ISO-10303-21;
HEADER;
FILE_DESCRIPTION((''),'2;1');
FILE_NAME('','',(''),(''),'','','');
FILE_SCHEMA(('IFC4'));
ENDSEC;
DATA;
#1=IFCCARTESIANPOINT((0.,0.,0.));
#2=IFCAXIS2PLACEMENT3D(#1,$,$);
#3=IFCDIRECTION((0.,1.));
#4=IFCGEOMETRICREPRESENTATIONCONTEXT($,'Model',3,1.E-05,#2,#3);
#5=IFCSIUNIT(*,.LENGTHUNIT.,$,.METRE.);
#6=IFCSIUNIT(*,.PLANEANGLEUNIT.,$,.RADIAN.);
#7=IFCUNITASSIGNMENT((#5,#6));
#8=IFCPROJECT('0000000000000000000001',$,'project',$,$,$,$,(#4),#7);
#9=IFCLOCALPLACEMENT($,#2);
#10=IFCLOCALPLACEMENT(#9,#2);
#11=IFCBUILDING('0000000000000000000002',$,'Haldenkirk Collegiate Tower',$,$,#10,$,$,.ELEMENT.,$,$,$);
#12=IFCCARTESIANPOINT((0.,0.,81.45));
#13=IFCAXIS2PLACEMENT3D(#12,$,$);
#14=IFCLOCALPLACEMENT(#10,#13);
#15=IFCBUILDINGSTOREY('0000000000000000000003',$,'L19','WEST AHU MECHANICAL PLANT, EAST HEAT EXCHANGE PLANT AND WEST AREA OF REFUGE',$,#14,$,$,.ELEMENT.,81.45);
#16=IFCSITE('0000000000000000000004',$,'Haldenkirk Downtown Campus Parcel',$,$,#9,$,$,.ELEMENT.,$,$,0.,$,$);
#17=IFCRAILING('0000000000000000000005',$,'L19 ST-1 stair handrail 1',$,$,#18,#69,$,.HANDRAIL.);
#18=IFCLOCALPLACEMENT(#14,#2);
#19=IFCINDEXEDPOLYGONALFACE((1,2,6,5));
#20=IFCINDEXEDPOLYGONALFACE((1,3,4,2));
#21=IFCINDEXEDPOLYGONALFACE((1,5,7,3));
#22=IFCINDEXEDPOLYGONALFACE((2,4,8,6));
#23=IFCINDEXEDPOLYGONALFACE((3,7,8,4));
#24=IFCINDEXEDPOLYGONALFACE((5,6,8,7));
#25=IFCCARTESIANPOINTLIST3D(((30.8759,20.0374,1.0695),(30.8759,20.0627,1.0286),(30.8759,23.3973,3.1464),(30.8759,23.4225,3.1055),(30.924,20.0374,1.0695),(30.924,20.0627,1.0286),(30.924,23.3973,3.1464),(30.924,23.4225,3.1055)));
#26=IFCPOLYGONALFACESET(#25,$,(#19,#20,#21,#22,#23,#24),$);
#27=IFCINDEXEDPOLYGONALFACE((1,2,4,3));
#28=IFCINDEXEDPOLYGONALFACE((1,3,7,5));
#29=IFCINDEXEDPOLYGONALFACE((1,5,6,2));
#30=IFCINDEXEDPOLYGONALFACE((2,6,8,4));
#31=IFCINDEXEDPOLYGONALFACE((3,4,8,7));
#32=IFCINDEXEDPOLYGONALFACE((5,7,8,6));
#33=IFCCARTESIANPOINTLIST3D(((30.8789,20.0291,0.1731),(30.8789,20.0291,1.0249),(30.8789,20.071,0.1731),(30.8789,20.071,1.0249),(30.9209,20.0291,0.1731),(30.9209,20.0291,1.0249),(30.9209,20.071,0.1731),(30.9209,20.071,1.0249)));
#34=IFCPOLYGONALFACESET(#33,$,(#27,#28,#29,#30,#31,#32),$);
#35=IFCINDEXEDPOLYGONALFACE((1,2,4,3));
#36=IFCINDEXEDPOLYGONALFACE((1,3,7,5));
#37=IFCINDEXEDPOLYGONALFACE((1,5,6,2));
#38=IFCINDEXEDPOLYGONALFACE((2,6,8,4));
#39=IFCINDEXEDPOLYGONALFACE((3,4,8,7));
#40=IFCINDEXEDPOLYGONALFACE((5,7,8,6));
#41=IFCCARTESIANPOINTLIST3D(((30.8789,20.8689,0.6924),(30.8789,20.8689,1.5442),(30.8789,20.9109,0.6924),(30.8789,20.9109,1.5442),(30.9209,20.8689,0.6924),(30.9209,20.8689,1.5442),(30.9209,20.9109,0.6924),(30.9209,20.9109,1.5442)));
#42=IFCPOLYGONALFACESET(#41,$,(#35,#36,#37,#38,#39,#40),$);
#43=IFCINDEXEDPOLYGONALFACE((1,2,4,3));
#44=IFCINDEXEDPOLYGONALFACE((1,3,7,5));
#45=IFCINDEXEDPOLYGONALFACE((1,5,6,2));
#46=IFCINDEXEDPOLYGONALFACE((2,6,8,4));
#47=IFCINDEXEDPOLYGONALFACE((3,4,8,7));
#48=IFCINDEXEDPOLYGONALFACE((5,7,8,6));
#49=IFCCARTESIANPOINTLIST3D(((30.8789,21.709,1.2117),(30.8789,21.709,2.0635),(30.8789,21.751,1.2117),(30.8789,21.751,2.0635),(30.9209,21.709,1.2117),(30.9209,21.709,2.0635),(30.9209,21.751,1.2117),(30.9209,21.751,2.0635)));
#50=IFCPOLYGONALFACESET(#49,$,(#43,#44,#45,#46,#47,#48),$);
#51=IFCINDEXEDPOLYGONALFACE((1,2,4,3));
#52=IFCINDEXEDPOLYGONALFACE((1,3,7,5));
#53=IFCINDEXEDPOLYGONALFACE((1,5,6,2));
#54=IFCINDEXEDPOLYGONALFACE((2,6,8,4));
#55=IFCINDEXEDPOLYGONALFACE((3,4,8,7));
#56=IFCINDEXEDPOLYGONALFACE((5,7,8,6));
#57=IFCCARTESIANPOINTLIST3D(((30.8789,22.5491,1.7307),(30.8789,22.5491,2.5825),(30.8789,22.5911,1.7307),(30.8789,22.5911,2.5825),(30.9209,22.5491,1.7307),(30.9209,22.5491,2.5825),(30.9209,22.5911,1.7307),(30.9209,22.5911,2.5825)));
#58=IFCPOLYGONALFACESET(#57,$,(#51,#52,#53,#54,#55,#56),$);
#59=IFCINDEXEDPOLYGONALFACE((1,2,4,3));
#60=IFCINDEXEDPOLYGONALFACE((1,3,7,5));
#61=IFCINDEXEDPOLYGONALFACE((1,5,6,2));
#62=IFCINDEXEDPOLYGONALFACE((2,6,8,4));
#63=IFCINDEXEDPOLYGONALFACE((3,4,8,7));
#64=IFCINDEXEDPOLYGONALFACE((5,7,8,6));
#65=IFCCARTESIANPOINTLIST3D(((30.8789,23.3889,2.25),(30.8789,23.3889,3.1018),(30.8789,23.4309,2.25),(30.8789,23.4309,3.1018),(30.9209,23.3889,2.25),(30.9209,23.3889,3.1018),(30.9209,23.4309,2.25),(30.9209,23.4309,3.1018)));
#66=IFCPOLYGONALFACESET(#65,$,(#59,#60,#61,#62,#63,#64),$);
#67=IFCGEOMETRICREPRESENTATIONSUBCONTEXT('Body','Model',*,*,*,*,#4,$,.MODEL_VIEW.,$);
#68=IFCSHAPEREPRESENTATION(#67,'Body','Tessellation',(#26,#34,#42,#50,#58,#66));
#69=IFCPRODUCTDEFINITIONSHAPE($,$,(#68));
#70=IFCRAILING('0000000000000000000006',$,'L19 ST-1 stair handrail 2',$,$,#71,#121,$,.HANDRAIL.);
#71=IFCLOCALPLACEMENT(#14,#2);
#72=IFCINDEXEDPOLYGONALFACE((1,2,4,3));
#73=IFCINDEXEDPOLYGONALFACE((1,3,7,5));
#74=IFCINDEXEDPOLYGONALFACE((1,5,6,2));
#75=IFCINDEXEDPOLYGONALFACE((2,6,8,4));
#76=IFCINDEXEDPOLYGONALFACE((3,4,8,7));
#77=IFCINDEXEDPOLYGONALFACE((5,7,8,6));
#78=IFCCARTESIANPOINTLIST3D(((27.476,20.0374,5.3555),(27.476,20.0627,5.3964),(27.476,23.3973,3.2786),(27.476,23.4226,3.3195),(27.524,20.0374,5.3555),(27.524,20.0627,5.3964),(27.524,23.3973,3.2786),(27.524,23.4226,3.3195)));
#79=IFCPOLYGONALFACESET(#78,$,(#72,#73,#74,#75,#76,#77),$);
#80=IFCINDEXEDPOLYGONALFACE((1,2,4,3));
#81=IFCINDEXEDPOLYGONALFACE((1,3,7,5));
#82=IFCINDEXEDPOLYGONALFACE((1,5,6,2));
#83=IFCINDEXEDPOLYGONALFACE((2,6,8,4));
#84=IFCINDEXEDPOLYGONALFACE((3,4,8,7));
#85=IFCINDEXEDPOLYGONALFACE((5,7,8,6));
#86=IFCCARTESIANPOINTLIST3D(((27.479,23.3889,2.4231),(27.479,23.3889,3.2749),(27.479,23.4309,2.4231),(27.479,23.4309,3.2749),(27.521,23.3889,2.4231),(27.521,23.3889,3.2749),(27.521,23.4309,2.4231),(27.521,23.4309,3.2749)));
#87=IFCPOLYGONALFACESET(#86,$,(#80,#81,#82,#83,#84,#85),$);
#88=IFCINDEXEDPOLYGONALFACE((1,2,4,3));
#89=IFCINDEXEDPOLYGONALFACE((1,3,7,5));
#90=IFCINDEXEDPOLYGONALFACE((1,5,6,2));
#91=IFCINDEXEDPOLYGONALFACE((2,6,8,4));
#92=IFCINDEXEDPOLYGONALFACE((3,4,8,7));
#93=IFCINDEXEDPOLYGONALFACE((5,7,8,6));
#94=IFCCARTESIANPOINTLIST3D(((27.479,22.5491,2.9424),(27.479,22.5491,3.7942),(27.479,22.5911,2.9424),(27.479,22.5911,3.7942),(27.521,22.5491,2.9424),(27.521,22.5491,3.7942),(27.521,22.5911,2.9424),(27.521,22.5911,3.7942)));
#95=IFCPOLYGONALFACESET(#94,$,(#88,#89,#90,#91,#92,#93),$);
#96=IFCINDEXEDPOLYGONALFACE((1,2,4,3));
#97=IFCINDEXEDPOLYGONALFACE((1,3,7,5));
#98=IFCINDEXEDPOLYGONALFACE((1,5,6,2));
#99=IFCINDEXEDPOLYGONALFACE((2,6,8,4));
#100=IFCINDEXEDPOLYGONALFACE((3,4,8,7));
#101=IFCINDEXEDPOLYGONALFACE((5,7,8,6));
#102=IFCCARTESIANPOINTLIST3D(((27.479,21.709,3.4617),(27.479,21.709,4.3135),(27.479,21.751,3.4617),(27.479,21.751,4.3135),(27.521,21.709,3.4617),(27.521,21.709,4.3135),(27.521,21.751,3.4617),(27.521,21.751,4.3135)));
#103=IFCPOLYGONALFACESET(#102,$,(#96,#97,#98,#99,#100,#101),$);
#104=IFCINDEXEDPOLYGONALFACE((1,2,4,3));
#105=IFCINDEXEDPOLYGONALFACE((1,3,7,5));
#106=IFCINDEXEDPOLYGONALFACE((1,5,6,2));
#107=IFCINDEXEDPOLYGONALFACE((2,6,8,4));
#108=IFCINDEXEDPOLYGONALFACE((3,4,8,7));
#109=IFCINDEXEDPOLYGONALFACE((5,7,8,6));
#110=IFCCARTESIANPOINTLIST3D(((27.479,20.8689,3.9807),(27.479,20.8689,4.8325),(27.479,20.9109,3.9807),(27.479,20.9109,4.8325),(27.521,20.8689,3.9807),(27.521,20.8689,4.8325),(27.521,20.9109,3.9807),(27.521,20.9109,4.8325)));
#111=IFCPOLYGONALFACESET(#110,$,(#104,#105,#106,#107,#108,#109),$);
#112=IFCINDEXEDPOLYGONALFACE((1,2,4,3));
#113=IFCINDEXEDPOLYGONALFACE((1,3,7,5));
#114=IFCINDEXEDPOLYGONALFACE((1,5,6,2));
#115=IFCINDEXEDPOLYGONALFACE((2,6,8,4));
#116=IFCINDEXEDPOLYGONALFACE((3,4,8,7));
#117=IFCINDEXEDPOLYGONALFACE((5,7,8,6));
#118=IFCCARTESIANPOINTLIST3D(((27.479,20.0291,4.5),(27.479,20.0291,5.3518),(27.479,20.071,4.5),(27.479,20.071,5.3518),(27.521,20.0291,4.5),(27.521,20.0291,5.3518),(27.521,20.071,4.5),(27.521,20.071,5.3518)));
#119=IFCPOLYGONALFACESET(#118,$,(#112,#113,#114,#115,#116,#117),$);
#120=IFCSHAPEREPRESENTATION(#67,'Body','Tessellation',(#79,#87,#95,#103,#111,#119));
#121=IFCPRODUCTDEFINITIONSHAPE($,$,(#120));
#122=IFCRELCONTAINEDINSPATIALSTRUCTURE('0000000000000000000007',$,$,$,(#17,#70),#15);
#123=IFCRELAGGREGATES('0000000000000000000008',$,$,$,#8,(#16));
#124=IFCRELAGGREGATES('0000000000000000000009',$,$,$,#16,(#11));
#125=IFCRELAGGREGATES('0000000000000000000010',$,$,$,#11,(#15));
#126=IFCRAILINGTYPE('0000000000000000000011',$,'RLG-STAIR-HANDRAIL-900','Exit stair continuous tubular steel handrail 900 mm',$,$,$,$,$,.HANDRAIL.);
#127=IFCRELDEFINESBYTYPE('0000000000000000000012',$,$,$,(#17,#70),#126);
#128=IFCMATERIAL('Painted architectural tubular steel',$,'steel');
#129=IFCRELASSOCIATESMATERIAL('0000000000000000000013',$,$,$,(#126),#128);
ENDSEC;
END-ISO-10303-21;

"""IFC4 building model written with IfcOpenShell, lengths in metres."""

from ifc_helpers import new_model, si_unit, direction, frame, origin, origin_2d, place, context, subcontext, project, spatial, rectangle, extrude, material, type_object, element, save


model = new_model("IFC4")

# Units and contexts
model_context = context("Model", 3, precision=1e-05, world=origin(), true_north=direction((0.0, 1.0)))
body_context = subcontext(model_context, "Body", "Model", "MODEL_VIEW")
ifc_project = project(units=[si_unit("LENGTHUNIT", "METRE"), si_unit("PLANEANGLEUNIT", "RADIAN")], contexts=[model_context])

# Site, building, storey
site_placement = place(None, origin())
site = spatial("IfcSite", under=ifc_project, at=site_placement, Name="Haldenkirk Downtown Campus Parcel", CompositionType="ELEMENT", RefElevation=0.0)
building_placement = place(site_placement, origin())
building = spatial("IfcBuilding", under=site, at=building_placement, Name="Haldenkirk Collegiate Tower", CompositionType="ELEMENT")
storey_placement = place(building_placement, frame((0.0, 0.0, 81.45)))
storey = spatial("IfcBuildingStorey", under=building, at=storey_placement, Name="L19", Description="WEST AHU MECHANICAL PLANT, EAST HEAT EXCHANGE PLANT AND WEST AREA OF REFUGE", CompositionType="ELEMENT", Elevation=81.45)

# Railings
ifc_material_1 = material(Name="Painted architectural tubular steel", Category="steel")
railing_type_1 = type_object("IfcRailingType", Name="RLG-STAIR-HANDRAIL-900", Description="Exit stair continuous tubular steel handrail 900 mm", PredefinedType="HANDRAIL", material=ifc_material_1)
railing_1_placement = place(storey_placement, frame((30.8999, 20.05, 0.1731)))
element("IfcRailing", 1, at=railing_1_placement, inside=storey, type_object=railing_type_1, Name="L19 ST-1 stair handrail 1", PredefinedType="HANDRAIL", context=body_context, shape_type="SweptSolid", body=[
    extrude(rectangle(XDim=0.0481, YDim=0.0481, at=origin_2d()), frame((0.0, 0.0, 0.876), z_axis=(0.0, 0.850606, 0.525803), x_axis=(-1.0, 0.0, 0.0)), (0.0, 0.0, 1.0), 3.95),
    extrude(rectangle(XDim=0.042, YDim=0.042, at=origin_2d()), origin(), (0.0, 0.0, 1.0), 0.8518),
    extrude(rectangle(XDim=0.042, YDim=0.042, at=origin_2d()), frame((0.0, 0.8398, 0.5193)), (0.0, 0.0, 1.0), 0.8518),
    extrude(rectangle(XDim=0.042, YDim=0.042, at=origin_2d()), frame((0.0, 1.6799, 1.0386)), (0.0, 0.0, 1.0), 0.8518),
    extrude(rectangle(XDim=0.042, YDim=0.042, at=origin_2d()), frame((0.0, 2.52, 1.5576)), (0.0, 0.0, 1.0), 0.8518),
    extrude(rectangle(XDim=0.042, YDim=0.042, at=origin_2d()), frame((0.0, 3.3599, 2.0769)), (0.0, 0.0, 1.0), 0.8518),
])
railing_2_placement = place(storey_placement, frame((27.5, 23.4099, 2.4231)))
element("IfcRailing", 2, at=railing_2_placement, inside=storey, type_object=railing_type_1, Name="L19 ST-1 stair handrail 2", PredefinedType="HANDRAIL", context=body_context, shape_type="SweptSolid", body=[
    extrude(rectangle(XDim=0.0481, YDim=0.0481, at=origin_2d()), frame((0.0, 0.0, 0.876), z_axis=(0.0, -0.850606, 0.525803), x_axis=(1.0, 0.0, 0.0)), (0.0, 0.0, 1.0), 3.95),
    extrude(rectangle(XDim=0.042, YDim=0.042, at=origin_2d()), origin(), (0.0, 0.0, 1.0), 0.8518),
    extrude(rectangle(XDim=0.042, YDim=0.042, at=origin_2d()), frame((0.0, -0.8398, 0.5193)), (0.0, 0.0, 1.0), 0.8518),
    extrude(rectangle(XDim=0.042, YDim=0.042, at=origin_2d()), frame((0.0, -1.6799, 1.0386)), (0.0, 0.0, 1.0), 0.8518),
    extrude(rectangle(XDim=0.042, YDim=0.042, at=origin_2d()), frame((0.0, -2.52, 1.5576)), (0.0, 0.0, 1.0), 0.8518),
    extrude(rectangle(XDim=0.042, YDim=0.042, at=origin_2d()), frame((0.0, -3.3599, 2.0769)), (0.0, 0.0, 1.0), 0.8518),
])

save(model, "model.ifc")
